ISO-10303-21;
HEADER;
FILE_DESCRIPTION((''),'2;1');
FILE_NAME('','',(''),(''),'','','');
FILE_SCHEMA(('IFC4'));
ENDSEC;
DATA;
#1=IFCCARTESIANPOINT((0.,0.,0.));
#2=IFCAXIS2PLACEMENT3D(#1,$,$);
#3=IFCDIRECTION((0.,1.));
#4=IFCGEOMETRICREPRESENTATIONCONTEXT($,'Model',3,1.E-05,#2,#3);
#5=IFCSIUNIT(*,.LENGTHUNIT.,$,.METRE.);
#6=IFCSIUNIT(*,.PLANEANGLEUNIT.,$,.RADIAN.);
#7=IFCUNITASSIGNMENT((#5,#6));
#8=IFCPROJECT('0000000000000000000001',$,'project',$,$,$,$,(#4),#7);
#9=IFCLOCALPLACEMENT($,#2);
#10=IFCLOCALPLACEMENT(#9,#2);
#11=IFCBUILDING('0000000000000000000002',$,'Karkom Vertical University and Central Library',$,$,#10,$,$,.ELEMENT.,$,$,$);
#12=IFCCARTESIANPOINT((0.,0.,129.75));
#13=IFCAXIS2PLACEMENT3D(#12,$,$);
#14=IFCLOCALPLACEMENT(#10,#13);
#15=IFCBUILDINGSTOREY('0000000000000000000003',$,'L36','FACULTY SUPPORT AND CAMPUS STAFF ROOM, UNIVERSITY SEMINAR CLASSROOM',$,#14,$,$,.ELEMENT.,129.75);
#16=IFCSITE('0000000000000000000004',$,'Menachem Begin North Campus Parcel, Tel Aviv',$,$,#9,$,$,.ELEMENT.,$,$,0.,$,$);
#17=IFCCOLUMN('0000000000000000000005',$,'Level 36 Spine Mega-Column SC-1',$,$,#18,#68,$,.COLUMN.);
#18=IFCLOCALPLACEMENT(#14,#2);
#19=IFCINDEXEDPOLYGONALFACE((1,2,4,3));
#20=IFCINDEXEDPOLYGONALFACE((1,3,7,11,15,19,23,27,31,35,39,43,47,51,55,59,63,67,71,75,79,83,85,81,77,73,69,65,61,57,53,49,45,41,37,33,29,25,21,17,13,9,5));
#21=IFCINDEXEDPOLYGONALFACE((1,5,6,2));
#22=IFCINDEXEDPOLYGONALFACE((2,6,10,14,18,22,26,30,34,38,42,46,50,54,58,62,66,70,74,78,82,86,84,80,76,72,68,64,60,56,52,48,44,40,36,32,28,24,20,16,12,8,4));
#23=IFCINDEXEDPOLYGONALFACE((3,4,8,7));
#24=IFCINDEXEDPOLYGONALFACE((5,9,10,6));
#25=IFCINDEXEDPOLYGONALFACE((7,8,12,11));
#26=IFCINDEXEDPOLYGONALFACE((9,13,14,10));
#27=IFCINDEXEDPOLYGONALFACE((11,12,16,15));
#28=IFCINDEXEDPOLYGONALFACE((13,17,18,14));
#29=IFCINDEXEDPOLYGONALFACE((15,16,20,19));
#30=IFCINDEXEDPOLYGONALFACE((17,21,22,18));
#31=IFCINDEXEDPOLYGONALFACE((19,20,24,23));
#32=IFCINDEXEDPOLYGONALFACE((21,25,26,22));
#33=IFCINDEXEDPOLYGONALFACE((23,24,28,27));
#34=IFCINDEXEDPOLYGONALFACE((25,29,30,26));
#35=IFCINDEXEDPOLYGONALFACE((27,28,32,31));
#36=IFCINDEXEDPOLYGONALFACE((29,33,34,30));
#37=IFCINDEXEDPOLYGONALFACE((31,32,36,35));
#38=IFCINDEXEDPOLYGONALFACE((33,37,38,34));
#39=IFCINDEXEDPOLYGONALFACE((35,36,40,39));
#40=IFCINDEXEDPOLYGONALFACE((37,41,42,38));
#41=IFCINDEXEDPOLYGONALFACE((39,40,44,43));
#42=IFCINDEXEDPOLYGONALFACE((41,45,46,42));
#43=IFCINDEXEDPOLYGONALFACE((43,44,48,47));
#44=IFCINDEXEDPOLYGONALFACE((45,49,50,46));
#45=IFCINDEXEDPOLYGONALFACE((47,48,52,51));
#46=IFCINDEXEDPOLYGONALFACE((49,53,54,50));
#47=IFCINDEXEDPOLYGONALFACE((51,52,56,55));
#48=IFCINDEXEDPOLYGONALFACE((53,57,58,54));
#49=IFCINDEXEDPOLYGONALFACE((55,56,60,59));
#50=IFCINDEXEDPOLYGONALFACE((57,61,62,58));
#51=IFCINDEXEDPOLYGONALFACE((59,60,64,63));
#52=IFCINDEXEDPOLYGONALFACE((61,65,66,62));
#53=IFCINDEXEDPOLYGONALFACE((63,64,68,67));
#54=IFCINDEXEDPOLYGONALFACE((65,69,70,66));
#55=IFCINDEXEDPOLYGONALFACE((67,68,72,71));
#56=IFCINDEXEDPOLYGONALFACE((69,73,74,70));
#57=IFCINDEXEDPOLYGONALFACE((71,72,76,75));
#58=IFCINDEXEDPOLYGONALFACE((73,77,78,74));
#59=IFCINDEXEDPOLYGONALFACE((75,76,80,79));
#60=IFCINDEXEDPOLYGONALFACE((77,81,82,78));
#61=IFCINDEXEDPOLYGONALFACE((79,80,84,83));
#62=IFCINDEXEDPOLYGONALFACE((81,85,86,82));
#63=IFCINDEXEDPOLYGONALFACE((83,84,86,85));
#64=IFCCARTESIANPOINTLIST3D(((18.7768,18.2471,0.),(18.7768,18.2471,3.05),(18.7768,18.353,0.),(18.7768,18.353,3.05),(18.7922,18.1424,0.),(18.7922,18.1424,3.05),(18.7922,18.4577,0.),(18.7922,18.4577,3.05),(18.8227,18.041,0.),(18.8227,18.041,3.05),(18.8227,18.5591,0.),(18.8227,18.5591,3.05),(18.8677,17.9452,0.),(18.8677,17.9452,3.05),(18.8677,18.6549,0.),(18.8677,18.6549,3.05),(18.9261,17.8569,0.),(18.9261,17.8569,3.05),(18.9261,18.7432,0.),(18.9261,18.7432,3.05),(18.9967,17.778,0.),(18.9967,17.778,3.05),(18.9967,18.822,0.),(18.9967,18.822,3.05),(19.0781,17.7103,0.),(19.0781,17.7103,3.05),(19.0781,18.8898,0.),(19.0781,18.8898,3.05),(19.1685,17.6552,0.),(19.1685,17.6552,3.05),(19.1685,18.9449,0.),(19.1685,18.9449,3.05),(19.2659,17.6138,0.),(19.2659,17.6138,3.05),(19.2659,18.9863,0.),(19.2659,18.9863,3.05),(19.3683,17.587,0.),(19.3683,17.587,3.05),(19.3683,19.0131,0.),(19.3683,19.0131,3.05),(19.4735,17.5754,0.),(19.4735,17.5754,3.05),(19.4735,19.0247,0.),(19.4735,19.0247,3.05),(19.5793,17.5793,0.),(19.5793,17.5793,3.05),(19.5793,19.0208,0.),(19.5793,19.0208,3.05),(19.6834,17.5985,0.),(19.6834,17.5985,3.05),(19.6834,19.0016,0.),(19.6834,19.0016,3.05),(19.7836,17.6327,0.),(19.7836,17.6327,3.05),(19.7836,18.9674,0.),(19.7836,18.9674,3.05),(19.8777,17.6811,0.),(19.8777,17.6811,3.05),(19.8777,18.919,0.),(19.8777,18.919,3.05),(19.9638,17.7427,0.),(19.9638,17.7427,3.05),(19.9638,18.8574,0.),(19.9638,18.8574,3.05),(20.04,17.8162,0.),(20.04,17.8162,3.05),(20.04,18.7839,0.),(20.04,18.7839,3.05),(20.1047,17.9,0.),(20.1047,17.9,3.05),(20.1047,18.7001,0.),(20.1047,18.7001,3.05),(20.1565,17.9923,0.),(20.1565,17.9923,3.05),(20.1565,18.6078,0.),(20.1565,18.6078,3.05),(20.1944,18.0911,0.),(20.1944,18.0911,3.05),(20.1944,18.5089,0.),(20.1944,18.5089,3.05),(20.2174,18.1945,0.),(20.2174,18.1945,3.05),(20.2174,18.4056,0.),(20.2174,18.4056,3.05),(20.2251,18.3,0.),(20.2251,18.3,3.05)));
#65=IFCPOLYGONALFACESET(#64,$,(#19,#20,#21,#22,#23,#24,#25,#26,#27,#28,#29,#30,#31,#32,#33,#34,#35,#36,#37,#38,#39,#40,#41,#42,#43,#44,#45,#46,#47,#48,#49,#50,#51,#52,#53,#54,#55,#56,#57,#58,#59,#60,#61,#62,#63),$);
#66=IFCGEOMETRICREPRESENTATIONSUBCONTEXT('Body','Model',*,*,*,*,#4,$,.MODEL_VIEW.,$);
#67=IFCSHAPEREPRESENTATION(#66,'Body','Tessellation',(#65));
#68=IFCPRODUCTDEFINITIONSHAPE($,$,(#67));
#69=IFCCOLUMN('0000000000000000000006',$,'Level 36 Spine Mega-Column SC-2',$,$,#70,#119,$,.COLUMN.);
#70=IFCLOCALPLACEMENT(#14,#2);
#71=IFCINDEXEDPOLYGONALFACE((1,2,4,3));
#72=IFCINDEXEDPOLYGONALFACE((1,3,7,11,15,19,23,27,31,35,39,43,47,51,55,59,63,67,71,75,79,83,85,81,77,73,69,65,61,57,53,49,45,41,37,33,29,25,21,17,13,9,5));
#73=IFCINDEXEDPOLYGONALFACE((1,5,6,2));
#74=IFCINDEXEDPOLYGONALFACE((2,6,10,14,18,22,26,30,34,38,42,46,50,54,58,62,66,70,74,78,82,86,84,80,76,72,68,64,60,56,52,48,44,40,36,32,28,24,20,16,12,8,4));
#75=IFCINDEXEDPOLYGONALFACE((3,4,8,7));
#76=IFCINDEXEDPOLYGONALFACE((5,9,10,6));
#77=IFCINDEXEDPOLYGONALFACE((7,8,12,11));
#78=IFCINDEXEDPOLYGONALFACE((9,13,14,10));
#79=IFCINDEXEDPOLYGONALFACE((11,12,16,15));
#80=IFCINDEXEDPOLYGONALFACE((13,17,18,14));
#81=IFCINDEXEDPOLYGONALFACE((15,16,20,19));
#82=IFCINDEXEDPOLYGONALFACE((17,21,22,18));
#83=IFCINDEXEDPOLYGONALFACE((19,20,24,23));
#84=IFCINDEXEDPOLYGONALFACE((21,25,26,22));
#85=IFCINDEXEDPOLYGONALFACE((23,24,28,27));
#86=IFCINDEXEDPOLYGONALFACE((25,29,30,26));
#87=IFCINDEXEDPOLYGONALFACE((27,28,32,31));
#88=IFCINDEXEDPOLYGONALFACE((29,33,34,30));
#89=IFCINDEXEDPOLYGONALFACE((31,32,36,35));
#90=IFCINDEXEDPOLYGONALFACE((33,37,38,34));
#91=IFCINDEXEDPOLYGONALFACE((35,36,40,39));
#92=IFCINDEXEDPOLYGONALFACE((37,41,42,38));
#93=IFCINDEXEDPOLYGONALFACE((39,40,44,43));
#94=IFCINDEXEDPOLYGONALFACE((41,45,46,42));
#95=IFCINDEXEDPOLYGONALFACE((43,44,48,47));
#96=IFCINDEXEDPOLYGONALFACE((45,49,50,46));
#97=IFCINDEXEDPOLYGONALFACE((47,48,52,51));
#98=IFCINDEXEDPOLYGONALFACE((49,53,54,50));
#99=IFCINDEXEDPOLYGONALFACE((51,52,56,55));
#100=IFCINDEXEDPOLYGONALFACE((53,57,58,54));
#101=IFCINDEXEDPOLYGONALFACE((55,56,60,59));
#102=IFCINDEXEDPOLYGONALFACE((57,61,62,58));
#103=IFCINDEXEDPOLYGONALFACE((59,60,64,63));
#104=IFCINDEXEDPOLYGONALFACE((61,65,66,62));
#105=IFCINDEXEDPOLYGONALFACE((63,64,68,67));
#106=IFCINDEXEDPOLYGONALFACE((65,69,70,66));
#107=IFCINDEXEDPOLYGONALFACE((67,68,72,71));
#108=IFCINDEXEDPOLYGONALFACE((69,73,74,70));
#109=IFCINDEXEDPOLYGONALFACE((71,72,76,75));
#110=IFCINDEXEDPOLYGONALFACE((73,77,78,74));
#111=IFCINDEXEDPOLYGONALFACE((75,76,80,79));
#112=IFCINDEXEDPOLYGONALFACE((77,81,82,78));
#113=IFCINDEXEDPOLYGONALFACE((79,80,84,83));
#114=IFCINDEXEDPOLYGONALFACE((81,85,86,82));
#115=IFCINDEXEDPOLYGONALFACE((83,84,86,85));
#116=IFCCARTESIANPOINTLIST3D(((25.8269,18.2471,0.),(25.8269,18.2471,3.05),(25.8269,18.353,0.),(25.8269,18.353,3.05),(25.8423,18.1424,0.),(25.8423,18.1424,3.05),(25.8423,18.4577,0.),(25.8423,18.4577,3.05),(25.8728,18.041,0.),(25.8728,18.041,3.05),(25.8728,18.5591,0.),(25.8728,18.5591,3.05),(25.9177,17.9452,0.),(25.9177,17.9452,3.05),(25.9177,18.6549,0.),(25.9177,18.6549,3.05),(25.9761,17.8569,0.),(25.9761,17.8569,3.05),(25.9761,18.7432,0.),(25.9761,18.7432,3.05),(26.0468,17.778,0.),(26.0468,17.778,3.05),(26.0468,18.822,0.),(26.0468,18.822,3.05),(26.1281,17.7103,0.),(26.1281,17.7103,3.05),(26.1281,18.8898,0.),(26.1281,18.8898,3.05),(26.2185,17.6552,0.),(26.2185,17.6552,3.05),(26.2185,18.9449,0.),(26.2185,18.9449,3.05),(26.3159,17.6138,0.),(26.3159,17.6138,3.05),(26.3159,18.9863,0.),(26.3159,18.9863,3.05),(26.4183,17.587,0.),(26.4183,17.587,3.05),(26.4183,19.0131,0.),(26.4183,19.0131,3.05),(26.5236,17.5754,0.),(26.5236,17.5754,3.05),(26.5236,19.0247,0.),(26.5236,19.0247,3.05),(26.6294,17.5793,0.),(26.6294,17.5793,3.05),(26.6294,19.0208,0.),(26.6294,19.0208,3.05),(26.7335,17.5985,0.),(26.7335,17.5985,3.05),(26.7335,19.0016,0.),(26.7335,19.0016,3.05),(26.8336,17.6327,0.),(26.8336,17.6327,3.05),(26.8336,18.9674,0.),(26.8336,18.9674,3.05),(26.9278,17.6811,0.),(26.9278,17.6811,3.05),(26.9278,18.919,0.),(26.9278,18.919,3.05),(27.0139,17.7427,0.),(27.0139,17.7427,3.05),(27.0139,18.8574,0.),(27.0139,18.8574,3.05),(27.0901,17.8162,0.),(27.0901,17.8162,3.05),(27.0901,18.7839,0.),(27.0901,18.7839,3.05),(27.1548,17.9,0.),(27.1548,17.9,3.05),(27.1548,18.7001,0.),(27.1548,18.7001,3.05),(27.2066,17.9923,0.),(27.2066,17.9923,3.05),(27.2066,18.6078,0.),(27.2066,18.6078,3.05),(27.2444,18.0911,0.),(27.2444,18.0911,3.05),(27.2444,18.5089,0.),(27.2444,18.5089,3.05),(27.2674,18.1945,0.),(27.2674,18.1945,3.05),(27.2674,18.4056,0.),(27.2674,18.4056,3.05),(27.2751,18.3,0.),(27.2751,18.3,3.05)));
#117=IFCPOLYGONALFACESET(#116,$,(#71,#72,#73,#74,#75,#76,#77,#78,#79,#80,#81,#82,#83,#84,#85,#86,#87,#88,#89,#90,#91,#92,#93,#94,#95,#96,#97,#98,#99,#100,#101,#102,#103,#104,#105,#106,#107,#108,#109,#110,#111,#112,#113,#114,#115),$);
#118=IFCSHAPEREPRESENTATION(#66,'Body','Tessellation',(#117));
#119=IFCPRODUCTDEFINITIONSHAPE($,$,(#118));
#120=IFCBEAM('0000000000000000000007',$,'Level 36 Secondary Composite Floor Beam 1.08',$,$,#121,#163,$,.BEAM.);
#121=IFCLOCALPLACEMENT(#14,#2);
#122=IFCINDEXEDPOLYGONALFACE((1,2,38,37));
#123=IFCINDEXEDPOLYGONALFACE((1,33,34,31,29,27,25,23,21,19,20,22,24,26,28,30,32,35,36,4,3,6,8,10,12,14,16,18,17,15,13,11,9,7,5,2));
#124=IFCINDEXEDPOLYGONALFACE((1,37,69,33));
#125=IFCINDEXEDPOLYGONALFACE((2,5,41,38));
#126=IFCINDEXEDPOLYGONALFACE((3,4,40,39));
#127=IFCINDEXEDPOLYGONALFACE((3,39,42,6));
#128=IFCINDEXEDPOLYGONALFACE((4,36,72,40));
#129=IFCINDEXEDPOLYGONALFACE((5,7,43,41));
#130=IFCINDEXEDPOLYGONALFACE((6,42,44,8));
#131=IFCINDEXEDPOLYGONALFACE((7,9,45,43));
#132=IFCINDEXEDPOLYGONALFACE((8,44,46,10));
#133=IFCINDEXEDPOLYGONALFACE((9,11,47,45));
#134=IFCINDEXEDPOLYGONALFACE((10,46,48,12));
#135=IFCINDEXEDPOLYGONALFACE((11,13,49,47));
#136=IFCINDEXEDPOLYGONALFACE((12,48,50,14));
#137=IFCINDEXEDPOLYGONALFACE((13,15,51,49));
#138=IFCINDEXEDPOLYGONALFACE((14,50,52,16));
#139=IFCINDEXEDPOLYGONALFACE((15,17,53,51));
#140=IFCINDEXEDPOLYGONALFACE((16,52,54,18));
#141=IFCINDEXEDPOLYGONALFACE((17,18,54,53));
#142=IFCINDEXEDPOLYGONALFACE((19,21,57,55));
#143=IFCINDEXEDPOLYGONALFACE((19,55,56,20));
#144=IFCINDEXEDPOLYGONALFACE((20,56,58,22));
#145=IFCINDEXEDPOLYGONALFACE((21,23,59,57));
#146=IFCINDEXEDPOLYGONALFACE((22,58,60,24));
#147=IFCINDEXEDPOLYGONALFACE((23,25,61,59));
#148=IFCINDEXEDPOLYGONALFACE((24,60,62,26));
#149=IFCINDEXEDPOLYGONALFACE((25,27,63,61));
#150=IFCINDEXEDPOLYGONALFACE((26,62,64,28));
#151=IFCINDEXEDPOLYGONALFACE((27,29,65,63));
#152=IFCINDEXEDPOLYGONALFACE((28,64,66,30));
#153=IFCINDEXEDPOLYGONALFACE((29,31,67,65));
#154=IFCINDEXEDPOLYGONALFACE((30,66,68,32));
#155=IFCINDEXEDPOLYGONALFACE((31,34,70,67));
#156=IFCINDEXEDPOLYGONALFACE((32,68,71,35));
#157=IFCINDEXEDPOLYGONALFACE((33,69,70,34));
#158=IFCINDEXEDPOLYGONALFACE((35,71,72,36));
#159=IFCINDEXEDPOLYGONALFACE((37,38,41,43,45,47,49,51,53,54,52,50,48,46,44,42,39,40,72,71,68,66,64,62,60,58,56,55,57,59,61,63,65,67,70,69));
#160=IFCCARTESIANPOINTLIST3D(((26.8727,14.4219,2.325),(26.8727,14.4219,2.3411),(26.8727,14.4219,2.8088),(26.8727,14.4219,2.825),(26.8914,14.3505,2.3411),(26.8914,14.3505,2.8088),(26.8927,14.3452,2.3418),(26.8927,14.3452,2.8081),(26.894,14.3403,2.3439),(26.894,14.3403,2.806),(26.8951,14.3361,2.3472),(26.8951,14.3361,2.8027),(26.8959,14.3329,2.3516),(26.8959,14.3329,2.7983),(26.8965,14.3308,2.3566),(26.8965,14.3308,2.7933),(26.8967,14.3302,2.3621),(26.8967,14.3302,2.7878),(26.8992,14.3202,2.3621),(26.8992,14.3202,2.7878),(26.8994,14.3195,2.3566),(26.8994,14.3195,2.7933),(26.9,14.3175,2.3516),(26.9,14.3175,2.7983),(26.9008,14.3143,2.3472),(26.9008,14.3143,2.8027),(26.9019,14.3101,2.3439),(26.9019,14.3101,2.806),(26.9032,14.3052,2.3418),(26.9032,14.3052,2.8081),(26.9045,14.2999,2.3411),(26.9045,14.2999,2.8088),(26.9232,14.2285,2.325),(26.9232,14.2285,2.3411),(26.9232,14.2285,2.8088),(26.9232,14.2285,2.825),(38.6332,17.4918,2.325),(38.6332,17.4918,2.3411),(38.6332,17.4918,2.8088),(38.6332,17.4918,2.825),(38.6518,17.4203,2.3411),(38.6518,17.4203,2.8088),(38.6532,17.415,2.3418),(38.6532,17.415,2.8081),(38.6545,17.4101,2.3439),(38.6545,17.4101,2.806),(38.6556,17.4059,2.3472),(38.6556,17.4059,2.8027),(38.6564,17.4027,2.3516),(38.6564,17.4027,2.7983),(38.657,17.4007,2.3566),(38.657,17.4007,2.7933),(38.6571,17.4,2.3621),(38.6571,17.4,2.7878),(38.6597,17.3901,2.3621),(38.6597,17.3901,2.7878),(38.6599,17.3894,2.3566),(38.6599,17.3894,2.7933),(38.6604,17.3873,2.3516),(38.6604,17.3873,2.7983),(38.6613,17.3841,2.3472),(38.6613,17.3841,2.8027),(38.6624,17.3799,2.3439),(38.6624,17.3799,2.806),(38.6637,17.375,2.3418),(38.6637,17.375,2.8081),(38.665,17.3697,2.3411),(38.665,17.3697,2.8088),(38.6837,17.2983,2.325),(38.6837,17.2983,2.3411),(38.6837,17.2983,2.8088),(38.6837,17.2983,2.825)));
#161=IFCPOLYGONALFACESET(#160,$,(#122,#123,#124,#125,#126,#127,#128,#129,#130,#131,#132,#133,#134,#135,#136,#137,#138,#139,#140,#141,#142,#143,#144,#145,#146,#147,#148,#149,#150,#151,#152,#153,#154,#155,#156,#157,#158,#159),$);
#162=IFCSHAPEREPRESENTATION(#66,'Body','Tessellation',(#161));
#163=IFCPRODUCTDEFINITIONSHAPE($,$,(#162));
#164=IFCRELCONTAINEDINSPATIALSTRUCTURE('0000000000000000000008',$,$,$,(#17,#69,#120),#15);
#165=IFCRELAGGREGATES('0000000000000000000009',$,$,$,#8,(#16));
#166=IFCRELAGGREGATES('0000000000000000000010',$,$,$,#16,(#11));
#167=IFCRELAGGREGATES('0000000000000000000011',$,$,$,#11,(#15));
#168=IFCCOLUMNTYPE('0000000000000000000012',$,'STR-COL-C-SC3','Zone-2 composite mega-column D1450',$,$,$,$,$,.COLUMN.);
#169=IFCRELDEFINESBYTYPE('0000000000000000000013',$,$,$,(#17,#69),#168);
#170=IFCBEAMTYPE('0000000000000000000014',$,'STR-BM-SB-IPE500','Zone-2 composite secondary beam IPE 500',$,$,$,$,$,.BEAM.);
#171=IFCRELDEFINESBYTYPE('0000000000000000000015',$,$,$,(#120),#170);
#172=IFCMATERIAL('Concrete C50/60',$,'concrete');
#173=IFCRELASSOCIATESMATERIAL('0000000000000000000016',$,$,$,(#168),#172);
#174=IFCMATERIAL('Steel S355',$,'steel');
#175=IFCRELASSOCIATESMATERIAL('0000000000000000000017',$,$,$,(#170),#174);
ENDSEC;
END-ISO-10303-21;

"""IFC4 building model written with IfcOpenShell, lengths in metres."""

from ifc_helpers import new_model, si_unit, direction, frame, origin, origin_with_axes, origin_2d, place, context, subcontext, project, spatial, circle, i_section, extrude, source, transform, mapped, material, material_profile, profile_set, type_object, element, save


model = new_model("IFC4")

# Units and contexts
model_context = context("Model", 3, precision=1e-05, world=origin(), true_north=direction((0.0, 1.0)))
body_context = subcontext(model_context, "Body", "Model", "MODEL_VIEW")
ifc_project = project(units=[si_unit("LENGTHUNIT", "METRE"), si_unit("PLANEANGLEUNIT", "RADIAN")], contexts=[model_context])

# Site, building, storey
site_placement = place(None, origin())
site = spatial("IfcSite", under=ifc_project, at=site_placement, Name="Menachem Begin North Campus Parcel, Tel Aviv", CompositionType="ELEMENT", RefElevation=0.0)
building_placement = place(site_placement, origin())
building = spatial("IfcBuilding", under=site, at=building_placement, Name="Karkom Vertical University and Central Library", CompositionType="ELEMENT")
storey_placement = place(building_placement, frame((0.0, 0.0, 129.75)))
storey = spatial("IfcBuildingStorey", under=building, at=storey_placement, Name="L36", Description="FACULTY SUPPORT AND CAMPUS STAFF ROOM, UNIVERSITY SEMINAR CLASSROOM", CompositionType="ELEMENT", Elevation=129.75)

# Columns
ifc_material_1 = material(Name="Concrete C50/60", Category="concrete")
ifc_material_profile_1 = material_profile(ifc_material_1, circle(Radius=0.7251, at=origin_2d()), Name="CFT-D1450")
ifc_profile_set_1 = profile_set([ifc_material_profile_1], Name="Concrete C50/60")
column_type = type_object("IfcColumnType", Name="STR-COL-C-SC3", Description="Zone-2 composite mega-column D1450", PredefinedType="COLUMN", material=ifc_profile_set_1)
shared_shape_1 = source(origin_with_axes(), body_context, "Body", "SweptSolid", [
    extrude(circle(Radius=0.7251, at=origin_2d()), origin(), (0.0, 0.0, 1.0), 3.05),
])
for number, where, z_axis, x_axis, name in (
    (1, (19.5, 18.3, 0.0), (0.0, 0.0, 1.0), (1.0, 0.0, 0.0), "Level 36 Spine Mega-Column SC-1"),
    (2, (26.55, 18.3, 0.0), (0.0, 0.0, 1.0), (1.0, 0.0, 0.0), "Level 36 Spine Mega-Column SC-2"),
):
    element("IfcColumn", number, at=place(storey_placement, frame(where, z_axis=z_axis, x_axis=x_axis)), inside=storey, type_object=column_type, Name=name, PredefinedType="COLUMN", context=body_context, shape_type="MappedRepresentation", body=[
        mapped(shared_shape_1, transform((0.0, 0.0, 0.0), scale=1.0)),
    ])

# Beam
ifc_material_2 = material(Name="Steel S355", Category="steel")
ifc_material_profile_2 = material_profile(ifc_material_2, i_section(OverallWidth=0.2, OverallDepth=0.5, WebThickness=0.0103, FlangeThickness=0.0161, FilletRadius=0.021, at=origin_2d()), Name="IPE 500")
ifc_profile_set_2 = profile_set([ifc_material_profile_2], Name="Steel S355")
beam_type_1 = type_object("IfcBeamType", Name="STR-BM-SB-IPE500", Description="Zone-2 composite secondary beam IPE 500", PredefinedType="BEAM", material=ifc_profile_set_2)
shared_shape_2 = source(origin_with_axes(), body_context, "Body", "SweptSolid", [
    extrude(i_section(OverallWidth=0.2, OverallDepth=0.5, WebThickness=0.0103, FlangeThickness=0.0161, FilletRadius=0.021, at=origin_2d()), origin(), (0.0, 0.0, 1.0), 12.1545),
])
beam_1_placement = place(storey_placement, frame((26.8979, 14.3252, 2.575), z_axis=(0.96758, 0.252566, 0.0), x_axis=(-0.252566, 0.96758, 0.0)))
element("IfcBeam", 3, at=beam_1_placement, inside=storey, type_object=beam_type_1, Name="Level 36 Secondary Composite Floor Beam 1.08", PredefinedType="BEAM", context=body_context, shape_type="MappedRepresentation", body=[
    mapped(shared_shape_2, transform((0.0, 0.0, 0.0), scale=1.0)),
])

save(model, "model.ifc")
